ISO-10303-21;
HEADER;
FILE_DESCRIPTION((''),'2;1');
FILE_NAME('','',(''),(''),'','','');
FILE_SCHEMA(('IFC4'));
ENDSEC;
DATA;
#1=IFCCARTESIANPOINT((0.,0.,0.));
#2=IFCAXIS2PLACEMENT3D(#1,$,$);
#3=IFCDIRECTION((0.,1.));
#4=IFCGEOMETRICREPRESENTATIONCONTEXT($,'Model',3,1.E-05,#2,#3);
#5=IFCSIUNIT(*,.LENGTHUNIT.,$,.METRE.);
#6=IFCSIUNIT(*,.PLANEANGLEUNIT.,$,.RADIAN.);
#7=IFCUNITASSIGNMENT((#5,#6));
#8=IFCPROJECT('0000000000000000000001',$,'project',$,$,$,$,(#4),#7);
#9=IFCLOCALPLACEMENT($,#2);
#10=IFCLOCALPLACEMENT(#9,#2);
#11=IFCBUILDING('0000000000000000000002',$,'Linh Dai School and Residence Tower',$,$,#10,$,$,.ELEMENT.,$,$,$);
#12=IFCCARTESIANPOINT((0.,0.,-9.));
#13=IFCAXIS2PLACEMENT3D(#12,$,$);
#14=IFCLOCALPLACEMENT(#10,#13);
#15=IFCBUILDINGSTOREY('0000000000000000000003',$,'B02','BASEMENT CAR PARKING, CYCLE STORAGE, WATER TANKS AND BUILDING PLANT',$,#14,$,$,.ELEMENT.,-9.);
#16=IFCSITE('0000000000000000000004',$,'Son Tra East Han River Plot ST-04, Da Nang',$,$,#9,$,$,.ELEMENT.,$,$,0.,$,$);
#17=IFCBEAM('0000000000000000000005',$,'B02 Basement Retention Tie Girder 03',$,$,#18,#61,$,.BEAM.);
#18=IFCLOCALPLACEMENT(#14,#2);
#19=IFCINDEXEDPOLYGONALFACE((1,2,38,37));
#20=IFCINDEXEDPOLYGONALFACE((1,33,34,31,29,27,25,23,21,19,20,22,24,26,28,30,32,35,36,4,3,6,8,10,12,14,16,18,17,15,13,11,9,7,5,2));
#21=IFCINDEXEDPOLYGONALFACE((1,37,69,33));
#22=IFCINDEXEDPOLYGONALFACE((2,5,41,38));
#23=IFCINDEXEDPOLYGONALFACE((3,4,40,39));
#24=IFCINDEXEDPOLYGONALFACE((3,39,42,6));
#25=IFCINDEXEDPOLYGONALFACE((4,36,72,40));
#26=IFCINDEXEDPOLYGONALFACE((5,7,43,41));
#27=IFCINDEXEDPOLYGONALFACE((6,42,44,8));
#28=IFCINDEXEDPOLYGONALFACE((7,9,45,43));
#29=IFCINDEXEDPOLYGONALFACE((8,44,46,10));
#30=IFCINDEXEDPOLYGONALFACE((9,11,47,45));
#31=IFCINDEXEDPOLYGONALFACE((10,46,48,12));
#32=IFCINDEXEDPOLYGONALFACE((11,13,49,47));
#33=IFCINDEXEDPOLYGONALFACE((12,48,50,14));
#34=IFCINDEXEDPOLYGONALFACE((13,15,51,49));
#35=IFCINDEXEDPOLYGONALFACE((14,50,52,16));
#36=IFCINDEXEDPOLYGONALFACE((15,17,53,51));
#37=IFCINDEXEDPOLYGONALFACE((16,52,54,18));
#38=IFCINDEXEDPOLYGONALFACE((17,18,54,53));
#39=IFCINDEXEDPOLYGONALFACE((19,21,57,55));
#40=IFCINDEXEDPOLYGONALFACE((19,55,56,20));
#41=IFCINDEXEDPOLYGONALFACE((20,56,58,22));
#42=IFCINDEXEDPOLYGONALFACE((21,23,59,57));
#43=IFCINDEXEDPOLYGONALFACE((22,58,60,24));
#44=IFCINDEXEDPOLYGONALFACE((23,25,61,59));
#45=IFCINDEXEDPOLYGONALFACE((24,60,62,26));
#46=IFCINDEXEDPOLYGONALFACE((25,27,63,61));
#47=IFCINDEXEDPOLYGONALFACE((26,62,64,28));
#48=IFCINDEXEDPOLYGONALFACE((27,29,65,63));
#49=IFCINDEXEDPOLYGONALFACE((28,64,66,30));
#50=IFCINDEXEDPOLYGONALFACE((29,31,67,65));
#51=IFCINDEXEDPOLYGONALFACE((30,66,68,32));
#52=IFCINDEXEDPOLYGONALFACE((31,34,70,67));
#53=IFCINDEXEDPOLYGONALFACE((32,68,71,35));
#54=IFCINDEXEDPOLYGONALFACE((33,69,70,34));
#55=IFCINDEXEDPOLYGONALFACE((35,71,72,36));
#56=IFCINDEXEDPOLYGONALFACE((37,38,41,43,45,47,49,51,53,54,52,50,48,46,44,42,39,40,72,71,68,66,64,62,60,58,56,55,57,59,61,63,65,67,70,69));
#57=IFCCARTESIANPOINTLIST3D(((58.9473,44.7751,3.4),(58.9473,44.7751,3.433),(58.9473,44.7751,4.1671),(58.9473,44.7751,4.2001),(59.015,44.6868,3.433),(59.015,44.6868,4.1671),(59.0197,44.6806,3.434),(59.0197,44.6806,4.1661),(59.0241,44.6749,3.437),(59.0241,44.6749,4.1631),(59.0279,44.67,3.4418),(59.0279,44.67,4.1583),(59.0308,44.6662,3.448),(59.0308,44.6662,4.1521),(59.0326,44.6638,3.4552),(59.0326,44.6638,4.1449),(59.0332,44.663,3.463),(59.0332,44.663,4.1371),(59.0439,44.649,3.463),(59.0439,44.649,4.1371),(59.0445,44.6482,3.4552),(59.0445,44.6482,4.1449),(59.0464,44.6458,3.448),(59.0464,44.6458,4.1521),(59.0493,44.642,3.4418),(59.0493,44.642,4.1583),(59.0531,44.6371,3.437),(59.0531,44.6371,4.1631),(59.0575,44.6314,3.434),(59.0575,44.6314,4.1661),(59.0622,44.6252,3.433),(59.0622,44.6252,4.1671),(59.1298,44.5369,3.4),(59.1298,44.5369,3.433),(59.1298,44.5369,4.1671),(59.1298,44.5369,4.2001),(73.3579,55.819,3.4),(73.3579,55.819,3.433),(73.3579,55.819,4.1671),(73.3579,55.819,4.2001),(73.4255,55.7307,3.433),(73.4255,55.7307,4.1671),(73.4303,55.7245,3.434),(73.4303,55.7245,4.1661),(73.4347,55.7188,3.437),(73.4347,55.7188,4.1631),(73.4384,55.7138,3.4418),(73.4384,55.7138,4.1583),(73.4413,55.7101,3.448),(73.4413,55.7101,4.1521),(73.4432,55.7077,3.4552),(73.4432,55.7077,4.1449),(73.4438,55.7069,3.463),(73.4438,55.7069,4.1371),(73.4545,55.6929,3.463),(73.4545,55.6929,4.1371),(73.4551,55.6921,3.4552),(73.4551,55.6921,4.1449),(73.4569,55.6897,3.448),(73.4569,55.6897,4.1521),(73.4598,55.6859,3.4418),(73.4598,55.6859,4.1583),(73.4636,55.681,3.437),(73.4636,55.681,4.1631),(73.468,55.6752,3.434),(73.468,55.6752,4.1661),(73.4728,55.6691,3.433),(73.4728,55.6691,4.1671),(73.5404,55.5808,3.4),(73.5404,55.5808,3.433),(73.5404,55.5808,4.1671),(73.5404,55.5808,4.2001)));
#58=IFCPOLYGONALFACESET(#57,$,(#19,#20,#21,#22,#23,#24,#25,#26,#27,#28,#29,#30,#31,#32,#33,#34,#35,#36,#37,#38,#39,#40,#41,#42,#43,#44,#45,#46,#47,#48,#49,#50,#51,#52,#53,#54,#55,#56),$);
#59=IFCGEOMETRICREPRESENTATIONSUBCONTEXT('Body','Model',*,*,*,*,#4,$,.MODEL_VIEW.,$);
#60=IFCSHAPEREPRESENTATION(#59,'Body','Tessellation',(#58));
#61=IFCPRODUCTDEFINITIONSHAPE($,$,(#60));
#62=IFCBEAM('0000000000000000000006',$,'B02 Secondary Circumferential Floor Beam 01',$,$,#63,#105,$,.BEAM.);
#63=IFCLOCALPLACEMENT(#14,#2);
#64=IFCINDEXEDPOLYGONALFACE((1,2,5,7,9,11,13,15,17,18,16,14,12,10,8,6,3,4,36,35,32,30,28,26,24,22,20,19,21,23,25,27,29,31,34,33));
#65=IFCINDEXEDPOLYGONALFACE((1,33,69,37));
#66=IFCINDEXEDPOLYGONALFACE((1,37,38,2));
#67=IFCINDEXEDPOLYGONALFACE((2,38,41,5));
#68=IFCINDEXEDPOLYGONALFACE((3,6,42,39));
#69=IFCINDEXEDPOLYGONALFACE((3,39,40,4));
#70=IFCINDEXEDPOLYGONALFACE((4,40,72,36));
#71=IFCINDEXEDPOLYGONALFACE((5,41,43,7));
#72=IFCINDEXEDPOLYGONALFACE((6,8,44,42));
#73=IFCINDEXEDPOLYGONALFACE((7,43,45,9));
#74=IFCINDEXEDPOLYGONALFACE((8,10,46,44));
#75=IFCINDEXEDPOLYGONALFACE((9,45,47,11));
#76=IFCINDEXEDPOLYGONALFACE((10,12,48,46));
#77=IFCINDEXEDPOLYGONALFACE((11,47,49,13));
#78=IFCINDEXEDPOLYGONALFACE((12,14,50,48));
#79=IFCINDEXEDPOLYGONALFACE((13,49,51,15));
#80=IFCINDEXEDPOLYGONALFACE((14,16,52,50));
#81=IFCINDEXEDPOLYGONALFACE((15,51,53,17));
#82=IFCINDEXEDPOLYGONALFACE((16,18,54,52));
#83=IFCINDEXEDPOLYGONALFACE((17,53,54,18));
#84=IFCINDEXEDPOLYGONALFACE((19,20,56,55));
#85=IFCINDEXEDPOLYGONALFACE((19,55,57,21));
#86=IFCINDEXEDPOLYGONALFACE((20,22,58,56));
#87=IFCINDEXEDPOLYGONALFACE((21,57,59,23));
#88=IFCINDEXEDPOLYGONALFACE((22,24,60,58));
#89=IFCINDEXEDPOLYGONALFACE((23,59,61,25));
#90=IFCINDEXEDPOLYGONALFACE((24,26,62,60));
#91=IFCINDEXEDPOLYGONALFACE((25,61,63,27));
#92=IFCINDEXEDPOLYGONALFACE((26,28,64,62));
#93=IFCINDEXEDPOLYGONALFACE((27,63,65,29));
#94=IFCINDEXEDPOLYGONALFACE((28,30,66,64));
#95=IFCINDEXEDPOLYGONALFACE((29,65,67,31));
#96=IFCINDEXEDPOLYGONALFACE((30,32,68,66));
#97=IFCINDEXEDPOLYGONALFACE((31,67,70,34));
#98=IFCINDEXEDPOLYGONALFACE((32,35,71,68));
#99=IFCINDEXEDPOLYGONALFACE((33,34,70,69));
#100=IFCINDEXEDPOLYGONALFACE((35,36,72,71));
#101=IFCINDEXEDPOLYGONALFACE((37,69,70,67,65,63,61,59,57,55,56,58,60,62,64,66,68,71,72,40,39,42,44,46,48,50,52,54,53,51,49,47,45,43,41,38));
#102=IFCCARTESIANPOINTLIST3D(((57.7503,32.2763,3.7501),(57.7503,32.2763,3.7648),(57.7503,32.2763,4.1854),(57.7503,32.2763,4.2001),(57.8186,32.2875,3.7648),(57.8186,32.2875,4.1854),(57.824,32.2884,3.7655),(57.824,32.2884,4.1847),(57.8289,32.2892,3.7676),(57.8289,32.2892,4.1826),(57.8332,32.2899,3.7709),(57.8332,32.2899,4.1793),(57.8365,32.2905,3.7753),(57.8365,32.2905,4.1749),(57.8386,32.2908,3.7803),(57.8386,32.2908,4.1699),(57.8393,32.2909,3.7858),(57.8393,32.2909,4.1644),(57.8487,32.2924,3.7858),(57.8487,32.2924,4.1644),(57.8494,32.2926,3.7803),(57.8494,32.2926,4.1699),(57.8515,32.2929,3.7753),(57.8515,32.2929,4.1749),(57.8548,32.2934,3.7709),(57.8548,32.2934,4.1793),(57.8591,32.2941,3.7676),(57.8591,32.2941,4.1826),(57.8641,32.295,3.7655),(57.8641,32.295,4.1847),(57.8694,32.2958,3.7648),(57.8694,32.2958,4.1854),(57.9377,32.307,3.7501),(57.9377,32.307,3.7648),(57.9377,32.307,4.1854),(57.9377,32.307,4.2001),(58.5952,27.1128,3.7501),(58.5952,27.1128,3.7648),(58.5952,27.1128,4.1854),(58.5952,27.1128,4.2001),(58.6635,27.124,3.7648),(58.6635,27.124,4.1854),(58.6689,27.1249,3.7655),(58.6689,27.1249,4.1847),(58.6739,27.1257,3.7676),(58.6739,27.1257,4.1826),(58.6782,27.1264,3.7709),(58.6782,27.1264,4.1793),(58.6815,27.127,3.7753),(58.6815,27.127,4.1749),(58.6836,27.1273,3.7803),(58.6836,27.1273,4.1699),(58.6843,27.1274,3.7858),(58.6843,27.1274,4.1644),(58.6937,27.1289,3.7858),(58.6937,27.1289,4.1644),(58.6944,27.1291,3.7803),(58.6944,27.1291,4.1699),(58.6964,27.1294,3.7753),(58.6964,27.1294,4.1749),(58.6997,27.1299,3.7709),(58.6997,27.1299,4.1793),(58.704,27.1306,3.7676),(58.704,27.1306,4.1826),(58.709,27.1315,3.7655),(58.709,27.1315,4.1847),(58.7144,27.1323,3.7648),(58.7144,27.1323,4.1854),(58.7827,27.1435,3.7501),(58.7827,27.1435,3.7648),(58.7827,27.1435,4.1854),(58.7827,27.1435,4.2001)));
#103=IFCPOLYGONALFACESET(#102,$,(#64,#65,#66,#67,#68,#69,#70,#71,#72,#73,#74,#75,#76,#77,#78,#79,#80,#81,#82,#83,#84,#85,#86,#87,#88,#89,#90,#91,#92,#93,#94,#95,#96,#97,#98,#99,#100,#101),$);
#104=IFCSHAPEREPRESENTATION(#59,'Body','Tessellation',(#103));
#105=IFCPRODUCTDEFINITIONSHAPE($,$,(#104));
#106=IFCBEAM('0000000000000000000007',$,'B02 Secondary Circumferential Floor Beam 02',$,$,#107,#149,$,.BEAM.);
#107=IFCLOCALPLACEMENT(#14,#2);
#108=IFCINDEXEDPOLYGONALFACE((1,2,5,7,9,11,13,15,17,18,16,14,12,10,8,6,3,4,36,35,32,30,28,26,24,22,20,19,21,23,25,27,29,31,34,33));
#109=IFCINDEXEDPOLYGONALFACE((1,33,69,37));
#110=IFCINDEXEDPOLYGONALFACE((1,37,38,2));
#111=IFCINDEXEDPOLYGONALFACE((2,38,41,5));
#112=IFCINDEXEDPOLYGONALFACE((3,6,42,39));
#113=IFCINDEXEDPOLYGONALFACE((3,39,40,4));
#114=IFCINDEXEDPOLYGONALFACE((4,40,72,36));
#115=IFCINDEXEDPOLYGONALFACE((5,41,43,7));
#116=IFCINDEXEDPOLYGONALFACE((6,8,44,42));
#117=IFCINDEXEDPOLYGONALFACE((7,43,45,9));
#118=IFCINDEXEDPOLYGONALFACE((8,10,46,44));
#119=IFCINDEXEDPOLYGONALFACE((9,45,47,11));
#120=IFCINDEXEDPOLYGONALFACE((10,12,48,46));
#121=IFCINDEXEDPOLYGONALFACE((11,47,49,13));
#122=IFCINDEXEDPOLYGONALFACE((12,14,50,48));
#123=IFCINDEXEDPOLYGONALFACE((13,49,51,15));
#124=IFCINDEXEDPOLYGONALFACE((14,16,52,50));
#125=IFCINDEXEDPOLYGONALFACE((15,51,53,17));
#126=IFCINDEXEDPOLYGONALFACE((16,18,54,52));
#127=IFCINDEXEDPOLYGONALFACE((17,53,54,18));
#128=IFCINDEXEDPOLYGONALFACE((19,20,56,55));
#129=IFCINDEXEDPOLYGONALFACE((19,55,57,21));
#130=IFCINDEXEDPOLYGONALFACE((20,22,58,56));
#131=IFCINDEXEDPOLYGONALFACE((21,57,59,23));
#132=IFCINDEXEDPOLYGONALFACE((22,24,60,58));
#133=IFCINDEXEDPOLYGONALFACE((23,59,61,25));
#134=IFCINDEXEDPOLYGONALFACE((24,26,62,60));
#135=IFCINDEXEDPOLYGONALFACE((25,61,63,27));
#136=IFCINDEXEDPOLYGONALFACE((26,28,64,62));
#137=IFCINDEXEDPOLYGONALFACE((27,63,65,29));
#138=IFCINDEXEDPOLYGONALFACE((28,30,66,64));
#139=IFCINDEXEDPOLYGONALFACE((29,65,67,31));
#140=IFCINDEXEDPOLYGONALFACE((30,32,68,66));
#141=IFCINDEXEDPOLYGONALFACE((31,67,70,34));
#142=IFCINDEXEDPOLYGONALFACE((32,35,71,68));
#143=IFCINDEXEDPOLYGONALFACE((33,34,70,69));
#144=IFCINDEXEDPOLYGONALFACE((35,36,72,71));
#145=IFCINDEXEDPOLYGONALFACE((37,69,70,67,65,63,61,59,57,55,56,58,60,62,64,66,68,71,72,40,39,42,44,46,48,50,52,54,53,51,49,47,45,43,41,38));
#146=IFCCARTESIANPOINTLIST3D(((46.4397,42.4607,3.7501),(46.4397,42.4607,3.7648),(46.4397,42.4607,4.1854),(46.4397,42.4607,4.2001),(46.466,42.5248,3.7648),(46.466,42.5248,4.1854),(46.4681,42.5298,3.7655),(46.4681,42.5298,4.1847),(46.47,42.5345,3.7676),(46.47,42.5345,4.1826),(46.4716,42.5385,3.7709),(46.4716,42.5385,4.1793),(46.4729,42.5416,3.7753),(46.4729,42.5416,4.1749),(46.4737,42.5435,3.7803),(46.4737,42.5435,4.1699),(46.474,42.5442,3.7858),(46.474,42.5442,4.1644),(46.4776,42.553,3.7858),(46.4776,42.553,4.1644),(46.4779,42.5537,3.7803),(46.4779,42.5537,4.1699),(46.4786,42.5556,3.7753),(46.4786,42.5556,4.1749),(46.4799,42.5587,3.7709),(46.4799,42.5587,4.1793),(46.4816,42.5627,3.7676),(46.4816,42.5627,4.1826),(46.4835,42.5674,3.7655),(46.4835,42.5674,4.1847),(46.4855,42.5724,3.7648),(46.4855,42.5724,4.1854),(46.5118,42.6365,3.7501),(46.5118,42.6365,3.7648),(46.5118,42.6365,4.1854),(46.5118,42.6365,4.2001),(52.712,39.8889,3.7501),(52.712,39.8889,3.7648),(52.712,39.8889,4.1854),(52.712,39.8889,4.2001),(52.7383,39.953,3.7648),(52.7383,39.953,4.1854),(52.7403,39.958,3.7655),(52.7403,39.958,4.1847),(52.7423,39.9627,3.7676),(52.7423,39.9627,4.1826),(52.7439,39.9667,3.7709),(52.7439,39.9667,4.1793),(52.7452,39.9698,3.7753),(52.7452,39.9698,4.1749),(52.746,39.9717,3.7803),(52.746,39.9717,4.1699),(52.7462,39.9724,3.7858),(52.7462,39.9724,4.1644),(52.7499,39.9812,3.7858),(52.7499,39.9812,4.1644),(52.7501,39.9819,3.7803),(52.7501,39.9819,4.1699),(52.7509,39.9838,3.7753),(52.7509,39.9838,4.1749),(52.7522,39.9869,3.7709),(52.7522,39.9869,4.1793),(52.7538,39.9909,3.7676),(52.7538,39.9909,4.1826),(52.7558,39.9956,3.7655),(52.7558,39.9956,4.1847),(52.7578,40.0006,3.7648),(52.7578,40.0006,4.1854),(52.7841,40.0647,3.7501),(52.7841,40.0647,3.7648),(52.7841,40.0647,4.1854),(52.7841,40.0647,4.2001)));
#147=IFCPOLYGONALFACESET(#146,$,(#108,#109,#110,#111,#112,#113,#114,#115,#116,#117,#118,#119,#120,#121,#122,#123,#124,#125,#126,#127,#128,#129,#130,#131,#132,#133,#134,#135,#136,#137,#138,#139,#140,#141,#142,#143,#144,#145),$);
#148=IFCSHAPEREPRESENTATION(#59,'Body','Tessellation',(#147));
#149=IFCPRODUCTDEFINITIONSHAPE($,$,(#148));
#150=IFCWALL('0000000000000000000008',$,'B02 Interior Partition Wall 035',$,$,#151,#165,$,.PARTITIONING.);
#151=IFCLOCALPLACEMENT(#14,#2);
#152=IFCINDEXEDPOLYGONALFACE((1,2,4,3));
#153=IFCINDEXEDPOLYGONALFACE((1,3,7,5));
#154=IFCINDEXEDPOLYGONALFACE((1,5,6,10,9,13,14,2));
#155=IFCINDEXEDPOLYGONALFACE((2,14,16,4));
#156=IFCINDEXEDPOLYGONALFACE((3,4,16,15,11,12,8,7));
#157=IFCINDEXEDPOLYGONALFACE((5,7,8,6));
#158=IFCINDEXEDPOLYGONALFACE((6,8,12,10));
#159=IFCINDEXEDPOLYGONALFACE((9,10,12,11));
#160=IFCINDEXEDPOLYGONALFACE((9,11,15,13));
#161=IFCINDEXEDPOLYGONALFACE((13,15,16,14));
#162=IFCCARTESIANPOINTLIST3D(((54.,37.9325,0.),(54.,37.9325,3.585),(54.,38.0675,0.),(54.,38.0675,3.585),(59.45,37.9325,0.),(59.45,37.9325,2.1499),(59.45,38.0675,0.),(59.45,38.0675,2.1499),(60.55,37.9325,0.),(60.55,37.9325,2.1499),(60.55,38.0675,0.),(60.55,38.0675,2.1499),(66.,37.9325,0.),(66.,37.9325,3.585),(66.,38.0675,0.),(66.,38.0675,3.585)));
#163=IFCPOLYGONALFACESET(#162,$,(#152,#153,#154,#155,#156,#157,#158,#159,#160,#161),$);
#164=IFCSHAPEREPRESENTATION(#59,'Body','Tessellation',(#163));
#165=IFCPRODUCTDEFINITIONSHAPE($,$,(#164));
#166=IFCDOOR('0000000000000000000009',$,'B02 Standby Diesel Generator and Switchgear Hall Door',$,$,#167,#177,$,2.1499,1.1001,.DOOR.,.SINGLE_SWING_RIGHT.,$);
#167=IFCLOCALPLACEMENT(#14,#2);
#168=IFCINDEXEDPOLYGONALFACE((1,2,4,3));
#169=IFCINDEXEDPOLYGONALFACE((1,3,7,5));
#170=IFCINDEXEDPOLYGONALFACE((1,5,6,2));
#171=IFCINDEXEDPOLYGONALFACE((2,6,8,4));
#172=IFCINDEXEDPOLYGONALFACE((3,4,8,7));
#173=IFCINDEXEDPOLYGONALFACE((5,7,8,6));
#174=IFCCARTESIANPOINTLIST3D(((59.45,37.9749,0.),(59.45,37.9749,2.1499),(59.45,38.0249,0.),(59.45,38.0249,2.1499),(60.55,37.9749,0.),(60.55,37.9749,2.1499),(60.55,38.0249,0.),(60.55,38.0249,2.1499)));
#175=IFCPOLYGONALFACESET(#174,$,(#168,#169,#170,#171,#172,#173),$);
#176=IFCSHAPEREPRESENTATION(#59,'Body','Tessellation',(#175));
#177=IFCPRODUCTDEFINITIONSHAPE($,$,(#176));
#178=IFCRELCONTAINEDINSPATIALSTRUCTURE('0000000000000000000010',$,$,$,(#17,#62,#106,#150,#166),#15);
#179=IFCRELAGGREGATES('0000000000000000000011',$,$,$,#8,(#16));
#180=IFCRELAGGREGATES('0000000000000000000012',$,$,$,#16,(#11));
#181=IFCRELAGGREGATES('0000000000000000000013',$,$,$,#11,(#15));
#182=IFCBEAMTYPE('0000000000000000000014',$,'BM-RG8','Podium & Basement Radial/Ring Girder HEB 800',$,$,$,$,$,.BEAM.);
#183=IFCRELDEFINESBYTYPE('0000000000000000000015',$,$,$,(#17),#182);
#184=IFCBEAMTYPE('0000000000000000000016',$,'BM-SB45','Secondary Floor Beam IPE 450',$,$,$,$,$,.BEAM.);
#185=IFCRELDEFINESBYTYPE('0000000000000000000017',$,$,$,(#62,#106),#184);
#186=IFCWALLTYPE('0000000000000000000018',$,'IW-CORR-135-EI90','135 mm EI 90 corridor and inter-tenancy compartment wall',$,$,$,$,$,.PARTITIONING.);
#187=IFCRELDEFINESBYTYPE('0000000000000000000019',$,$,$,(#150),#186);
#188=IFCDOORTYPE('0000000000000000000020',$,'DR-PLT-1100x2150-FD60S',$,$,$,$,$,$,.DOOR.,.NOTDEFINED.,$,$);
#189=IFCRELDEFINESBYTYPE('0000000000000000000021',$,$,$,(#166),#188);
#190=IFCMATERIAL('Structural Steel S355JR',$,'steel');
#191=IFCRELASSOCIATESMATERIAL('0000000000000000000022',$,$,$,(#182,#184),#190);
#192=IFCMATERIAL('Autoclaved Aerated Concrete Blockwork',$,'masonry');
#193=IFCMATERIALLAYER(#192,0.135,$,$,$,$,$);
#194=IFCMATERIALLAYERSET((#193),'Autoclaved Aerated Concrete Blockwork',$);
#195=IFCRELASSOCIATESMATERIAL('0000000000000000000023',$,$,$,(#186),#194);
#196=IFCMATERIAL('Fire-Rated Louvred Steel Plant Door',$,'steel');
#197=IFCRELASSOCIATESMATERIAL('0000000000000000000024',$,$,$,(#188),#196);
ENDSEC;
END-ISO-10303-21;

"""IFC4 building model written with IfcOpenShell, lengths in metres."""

from ifc_helpers import new_model, si_unit, direction, frame, frame_2d, origin, origin_2d, place, context, subcontext, project, spatial, rectangle, i_section, extrude, source, transform, mapped, material, layer, layer_set, material_profile, profile_set, type_object, element, fill, save


model = new_model("IFC4")

# Units and contexts
model_context = context("Model", 3, precision=1e-05, world=origin(), true_north=direction((0.0, 1.0)))
body_context = subcontext(model_context, "Body", "Model", "MODEL_VIEW")
ifc_project = project(units=[si_unit("LENGTHUNIT", "METRE"), si_unit("PLANEANGLEUNIT", "RADIAN")], contexts=[model_context])

# Site, building, storey
site_placement = place(None, origin())
site = spatial("IfcSite", under=ifc_project, at=site_placement, Name="Son Tra East Han River Plot ST-04, Da Nang", CompositionType="ELEMENT", RefElevation=0.0)
building_placement = place(site_placement, origin())
building = spatial("IfcBuilding", under=site, at=building_placement, Name="Linh Dai School and Residence Tower", CompositionType="ELEMENT")
storey_placement = place(building_placement, frame((0.0, 0.0, -9.0)))
storey = spatial("IfcBuildingStorey", under=building, at=storey_placement, Name="B02", Description="BASEMENT CAR PARKING, CYCLE STORAGE, WATER TANKS AND BUILDING PLANT", CompositionType="ELEMENT", Elevation=-9.0)

# Shared definitions
ifc_material_1 = material(Name="Structural Steel S355JR", Category="steel")

# Beams
ifc_material_profile_1 = material_profile(ifc_material_1, i_section(OverallWidth=0.3, OverallDepth=0.8, WebThickness=0.0176, FlangeThickness=0.033, FilletRadius=0.03, at=origin_2d()), Name="HEB 800")
ifc_profile_set_1 = profile_set([ifc_material_profile_1], Name="Structural Steel S355JR")
beam_type_1 = type_object("IfcBeamType", Name="BM-RG8", Description="Podium & Basement Radial/Ring Girder HEB 800", PredefinedType="BEAM", material=ifc_profile_set_1)
beam_1_placement = place(storey_placement, frame((59.0386, 44.656, 3.8), z_axis=(0.793718, 0.608285, 0.0), x_axis=(-0.608285, 0.793718, 0.0)))
element("IfcBeam", 1, at=beam_1_placement, inside=storey, type_object=beam_type_1, Name="B02 Basement Retention Tie Girder 03", PredefinedType="BEAM", context=body_context, shape_type="SweptSolid", body=[
    extrude(i_section(OverallWidth=0.3, OverallDepth=0.8, WebThickness=0.0176, FlangeThickness=0.033, FilletRadius=0.03, at=origin_2d()), origin(), (0.0, 0.0, 1.0), 18.1558),
])
ifc_material_profile_2 = material_profile(ifc_material_1, i_section(OverallWidth=0.1899, OverallDepth=0.45, WebThickness=0.0095, FlangeThickness=0.0146, FilletRadius=0.021, at=origin_2d()), Name="IPE 450")
ifc_profile_set_2 = profile_set([ifc_material_profile_2], Name="Structural Steel S355JR")
beam_type_2 = type_object("IfcBeamType", Name="BM-SB45", Description="Secondary Floor Beam IPE 450", PredefinedType="BEAM", material=ifc_profile_set_2)
beam_2_placement = place(storey_placement, frame((58.689, 27.1282, 3.9751), z_axis=(-0.161493, 0.986874, 0.0), x_axis=(-0.986874, -0.161493, 0.0)))
element("IfcBeam", 2, at=beam_2_placement, inside=storey, type_object=beam_type_2, Name="B02 Secondary Circumferential Floor Beam 01", PredefinedType="BEAM", context=body_context, shape_type="SweptSolid", body=[
    extrude(i_section(OverallWidth=0.1899, OverallDepth=0.45, WebThickness=0.0095, FlangeThickness=0.0146, FilletRadius=0.021, at=origin_2d()), origin(), (0.0, 0.0, 1.0), 5.2322),
])
beam_3_placement = place(storey_placement, frame((52.748, 39.9768, 3.9751), z_axis=(-0.925243, 0.379375, 0.0), x_axis=(-0.379375, -0.925243, 0.0)))
element("IfcBeam", 3, at=beam_3_placement, inside=storey, type_object=beam_type_2, Name="B02 Secondary Circumferential Floor Beam 02", PredefinedType="BEAM", context=body_context, shape_type="SweptSolid", body=[
    extrude(i_section(OverallWidth=0.1899, OverallDepth=0.45, WebThickness=0.0095, FlangeThickness=0.0146, FilletRadius=0.021, at=origin_2d()), origin(), (0.0, 0.0, 1.0), 6.7791),
])

# Wall, opening, door
ifc_material_2 = material(Name="Autoclaved Aerated Concrete Blockwork", Category="masonry")
ifc_layer_1 = layer(ifc_material_2, 0.135)
ifc_layer_set_1 = layer_set([ifc_layer_1], Name="Autoclaved Aerated Concrete Blockwork")
wall_type_1 = type_object("IfcWallType", Name="IW-CORR-135-EI90", Description="135 mm EI 90 corridor and inter-tenancy compartment wall", PredefinedType="PARTITIONING", material=ifc_layer_set_1)
wall_1_placement = place(storey_placement, frame((54.0, 38.0, 0.0), z_axis=(0.0, 0.0, 1.0), x_axis=(1.0, 0.0, 0.0)))
wall_1 = element("IfcWall", 4, at=wall_1_placement, inside=storey, type_object=wall_type_1, Name="B02 Interior Partition Wall 035", PredefinedType="PARTITIONING", context=body_context, shape_type="SweptSolid", body=[
    extrude(rectangle(XDim=12.0, YDim=0.135, at=frame_2d((6.0, 0.0))), origin(), (0.0, 0.0, 1.0), 3.585),
])
opening_placement = place(wall_1_placement, frame((5.45, 0.0, 0.0)))
opening = element("IfcOpeningElement", 5, at=opening_placement, cuts=wall_1, PredefinedType="OPENING", context=body_context, shape_type="SweptSolid", body=[
    extrude(rectangle(XDim=1.1001, YDim=2.1499, at=origin_2d()), frame((0.55, 0.0776, 1.075), z_axis=(0.0, -1.0, 0.0), x_axis=(1.0, 0.0, 0.0)), (0.0, 0.0, 1.0), 0.155),
])
ifc_material_3 = material(Name="Fire-Rated Louvred Steel Plant Door", Category="steel")
door_type = type_object("IfcDoorType", Name="DR-PLT-1100x2150-FD60S", OperationType="NOTDEFINED", PredefinedType="DOOR", material=ifc_material_3)
shared_shape = source(origin(), body_context, "Body", "SweptSolid", [
    extrude(rectangle(XDim=1.1001, YDim=2.1499, at=origin_2d()), frame((0.55, 0.0249, 1.075), z_axis=(0.0, -1.0, 0.0), x_axis=(1.0, 0.0, 0.0)), (0.0, 0.0, 1.0), 0.05),
])
door_placement = place(opening_placement, origin())
door = element("IfcDoor", 6, at=door_placement, inside=storey, type_object=door_type, Name="B02 Standby Diesel Generator and Switchgear Hall Door", OperationType="SINGLE_SWING_RIGHT", OverallHeight=2.1499, OverallWidth=1.1001, PredefinedType="DOOR", context=body_context, shape_type="MappedRepresentation", body=[
    mapped(shared_shape, transform((0.0, 0.0, 0.0), x_axis=(1.0, 0.0, 0.0), y_axis=(0.0, 1.0, 0.0), z_axis=(0.0, 0.0, 1.0), scale=1.0)),
])
fill(opening, door)

save(model, "model.ifc")
